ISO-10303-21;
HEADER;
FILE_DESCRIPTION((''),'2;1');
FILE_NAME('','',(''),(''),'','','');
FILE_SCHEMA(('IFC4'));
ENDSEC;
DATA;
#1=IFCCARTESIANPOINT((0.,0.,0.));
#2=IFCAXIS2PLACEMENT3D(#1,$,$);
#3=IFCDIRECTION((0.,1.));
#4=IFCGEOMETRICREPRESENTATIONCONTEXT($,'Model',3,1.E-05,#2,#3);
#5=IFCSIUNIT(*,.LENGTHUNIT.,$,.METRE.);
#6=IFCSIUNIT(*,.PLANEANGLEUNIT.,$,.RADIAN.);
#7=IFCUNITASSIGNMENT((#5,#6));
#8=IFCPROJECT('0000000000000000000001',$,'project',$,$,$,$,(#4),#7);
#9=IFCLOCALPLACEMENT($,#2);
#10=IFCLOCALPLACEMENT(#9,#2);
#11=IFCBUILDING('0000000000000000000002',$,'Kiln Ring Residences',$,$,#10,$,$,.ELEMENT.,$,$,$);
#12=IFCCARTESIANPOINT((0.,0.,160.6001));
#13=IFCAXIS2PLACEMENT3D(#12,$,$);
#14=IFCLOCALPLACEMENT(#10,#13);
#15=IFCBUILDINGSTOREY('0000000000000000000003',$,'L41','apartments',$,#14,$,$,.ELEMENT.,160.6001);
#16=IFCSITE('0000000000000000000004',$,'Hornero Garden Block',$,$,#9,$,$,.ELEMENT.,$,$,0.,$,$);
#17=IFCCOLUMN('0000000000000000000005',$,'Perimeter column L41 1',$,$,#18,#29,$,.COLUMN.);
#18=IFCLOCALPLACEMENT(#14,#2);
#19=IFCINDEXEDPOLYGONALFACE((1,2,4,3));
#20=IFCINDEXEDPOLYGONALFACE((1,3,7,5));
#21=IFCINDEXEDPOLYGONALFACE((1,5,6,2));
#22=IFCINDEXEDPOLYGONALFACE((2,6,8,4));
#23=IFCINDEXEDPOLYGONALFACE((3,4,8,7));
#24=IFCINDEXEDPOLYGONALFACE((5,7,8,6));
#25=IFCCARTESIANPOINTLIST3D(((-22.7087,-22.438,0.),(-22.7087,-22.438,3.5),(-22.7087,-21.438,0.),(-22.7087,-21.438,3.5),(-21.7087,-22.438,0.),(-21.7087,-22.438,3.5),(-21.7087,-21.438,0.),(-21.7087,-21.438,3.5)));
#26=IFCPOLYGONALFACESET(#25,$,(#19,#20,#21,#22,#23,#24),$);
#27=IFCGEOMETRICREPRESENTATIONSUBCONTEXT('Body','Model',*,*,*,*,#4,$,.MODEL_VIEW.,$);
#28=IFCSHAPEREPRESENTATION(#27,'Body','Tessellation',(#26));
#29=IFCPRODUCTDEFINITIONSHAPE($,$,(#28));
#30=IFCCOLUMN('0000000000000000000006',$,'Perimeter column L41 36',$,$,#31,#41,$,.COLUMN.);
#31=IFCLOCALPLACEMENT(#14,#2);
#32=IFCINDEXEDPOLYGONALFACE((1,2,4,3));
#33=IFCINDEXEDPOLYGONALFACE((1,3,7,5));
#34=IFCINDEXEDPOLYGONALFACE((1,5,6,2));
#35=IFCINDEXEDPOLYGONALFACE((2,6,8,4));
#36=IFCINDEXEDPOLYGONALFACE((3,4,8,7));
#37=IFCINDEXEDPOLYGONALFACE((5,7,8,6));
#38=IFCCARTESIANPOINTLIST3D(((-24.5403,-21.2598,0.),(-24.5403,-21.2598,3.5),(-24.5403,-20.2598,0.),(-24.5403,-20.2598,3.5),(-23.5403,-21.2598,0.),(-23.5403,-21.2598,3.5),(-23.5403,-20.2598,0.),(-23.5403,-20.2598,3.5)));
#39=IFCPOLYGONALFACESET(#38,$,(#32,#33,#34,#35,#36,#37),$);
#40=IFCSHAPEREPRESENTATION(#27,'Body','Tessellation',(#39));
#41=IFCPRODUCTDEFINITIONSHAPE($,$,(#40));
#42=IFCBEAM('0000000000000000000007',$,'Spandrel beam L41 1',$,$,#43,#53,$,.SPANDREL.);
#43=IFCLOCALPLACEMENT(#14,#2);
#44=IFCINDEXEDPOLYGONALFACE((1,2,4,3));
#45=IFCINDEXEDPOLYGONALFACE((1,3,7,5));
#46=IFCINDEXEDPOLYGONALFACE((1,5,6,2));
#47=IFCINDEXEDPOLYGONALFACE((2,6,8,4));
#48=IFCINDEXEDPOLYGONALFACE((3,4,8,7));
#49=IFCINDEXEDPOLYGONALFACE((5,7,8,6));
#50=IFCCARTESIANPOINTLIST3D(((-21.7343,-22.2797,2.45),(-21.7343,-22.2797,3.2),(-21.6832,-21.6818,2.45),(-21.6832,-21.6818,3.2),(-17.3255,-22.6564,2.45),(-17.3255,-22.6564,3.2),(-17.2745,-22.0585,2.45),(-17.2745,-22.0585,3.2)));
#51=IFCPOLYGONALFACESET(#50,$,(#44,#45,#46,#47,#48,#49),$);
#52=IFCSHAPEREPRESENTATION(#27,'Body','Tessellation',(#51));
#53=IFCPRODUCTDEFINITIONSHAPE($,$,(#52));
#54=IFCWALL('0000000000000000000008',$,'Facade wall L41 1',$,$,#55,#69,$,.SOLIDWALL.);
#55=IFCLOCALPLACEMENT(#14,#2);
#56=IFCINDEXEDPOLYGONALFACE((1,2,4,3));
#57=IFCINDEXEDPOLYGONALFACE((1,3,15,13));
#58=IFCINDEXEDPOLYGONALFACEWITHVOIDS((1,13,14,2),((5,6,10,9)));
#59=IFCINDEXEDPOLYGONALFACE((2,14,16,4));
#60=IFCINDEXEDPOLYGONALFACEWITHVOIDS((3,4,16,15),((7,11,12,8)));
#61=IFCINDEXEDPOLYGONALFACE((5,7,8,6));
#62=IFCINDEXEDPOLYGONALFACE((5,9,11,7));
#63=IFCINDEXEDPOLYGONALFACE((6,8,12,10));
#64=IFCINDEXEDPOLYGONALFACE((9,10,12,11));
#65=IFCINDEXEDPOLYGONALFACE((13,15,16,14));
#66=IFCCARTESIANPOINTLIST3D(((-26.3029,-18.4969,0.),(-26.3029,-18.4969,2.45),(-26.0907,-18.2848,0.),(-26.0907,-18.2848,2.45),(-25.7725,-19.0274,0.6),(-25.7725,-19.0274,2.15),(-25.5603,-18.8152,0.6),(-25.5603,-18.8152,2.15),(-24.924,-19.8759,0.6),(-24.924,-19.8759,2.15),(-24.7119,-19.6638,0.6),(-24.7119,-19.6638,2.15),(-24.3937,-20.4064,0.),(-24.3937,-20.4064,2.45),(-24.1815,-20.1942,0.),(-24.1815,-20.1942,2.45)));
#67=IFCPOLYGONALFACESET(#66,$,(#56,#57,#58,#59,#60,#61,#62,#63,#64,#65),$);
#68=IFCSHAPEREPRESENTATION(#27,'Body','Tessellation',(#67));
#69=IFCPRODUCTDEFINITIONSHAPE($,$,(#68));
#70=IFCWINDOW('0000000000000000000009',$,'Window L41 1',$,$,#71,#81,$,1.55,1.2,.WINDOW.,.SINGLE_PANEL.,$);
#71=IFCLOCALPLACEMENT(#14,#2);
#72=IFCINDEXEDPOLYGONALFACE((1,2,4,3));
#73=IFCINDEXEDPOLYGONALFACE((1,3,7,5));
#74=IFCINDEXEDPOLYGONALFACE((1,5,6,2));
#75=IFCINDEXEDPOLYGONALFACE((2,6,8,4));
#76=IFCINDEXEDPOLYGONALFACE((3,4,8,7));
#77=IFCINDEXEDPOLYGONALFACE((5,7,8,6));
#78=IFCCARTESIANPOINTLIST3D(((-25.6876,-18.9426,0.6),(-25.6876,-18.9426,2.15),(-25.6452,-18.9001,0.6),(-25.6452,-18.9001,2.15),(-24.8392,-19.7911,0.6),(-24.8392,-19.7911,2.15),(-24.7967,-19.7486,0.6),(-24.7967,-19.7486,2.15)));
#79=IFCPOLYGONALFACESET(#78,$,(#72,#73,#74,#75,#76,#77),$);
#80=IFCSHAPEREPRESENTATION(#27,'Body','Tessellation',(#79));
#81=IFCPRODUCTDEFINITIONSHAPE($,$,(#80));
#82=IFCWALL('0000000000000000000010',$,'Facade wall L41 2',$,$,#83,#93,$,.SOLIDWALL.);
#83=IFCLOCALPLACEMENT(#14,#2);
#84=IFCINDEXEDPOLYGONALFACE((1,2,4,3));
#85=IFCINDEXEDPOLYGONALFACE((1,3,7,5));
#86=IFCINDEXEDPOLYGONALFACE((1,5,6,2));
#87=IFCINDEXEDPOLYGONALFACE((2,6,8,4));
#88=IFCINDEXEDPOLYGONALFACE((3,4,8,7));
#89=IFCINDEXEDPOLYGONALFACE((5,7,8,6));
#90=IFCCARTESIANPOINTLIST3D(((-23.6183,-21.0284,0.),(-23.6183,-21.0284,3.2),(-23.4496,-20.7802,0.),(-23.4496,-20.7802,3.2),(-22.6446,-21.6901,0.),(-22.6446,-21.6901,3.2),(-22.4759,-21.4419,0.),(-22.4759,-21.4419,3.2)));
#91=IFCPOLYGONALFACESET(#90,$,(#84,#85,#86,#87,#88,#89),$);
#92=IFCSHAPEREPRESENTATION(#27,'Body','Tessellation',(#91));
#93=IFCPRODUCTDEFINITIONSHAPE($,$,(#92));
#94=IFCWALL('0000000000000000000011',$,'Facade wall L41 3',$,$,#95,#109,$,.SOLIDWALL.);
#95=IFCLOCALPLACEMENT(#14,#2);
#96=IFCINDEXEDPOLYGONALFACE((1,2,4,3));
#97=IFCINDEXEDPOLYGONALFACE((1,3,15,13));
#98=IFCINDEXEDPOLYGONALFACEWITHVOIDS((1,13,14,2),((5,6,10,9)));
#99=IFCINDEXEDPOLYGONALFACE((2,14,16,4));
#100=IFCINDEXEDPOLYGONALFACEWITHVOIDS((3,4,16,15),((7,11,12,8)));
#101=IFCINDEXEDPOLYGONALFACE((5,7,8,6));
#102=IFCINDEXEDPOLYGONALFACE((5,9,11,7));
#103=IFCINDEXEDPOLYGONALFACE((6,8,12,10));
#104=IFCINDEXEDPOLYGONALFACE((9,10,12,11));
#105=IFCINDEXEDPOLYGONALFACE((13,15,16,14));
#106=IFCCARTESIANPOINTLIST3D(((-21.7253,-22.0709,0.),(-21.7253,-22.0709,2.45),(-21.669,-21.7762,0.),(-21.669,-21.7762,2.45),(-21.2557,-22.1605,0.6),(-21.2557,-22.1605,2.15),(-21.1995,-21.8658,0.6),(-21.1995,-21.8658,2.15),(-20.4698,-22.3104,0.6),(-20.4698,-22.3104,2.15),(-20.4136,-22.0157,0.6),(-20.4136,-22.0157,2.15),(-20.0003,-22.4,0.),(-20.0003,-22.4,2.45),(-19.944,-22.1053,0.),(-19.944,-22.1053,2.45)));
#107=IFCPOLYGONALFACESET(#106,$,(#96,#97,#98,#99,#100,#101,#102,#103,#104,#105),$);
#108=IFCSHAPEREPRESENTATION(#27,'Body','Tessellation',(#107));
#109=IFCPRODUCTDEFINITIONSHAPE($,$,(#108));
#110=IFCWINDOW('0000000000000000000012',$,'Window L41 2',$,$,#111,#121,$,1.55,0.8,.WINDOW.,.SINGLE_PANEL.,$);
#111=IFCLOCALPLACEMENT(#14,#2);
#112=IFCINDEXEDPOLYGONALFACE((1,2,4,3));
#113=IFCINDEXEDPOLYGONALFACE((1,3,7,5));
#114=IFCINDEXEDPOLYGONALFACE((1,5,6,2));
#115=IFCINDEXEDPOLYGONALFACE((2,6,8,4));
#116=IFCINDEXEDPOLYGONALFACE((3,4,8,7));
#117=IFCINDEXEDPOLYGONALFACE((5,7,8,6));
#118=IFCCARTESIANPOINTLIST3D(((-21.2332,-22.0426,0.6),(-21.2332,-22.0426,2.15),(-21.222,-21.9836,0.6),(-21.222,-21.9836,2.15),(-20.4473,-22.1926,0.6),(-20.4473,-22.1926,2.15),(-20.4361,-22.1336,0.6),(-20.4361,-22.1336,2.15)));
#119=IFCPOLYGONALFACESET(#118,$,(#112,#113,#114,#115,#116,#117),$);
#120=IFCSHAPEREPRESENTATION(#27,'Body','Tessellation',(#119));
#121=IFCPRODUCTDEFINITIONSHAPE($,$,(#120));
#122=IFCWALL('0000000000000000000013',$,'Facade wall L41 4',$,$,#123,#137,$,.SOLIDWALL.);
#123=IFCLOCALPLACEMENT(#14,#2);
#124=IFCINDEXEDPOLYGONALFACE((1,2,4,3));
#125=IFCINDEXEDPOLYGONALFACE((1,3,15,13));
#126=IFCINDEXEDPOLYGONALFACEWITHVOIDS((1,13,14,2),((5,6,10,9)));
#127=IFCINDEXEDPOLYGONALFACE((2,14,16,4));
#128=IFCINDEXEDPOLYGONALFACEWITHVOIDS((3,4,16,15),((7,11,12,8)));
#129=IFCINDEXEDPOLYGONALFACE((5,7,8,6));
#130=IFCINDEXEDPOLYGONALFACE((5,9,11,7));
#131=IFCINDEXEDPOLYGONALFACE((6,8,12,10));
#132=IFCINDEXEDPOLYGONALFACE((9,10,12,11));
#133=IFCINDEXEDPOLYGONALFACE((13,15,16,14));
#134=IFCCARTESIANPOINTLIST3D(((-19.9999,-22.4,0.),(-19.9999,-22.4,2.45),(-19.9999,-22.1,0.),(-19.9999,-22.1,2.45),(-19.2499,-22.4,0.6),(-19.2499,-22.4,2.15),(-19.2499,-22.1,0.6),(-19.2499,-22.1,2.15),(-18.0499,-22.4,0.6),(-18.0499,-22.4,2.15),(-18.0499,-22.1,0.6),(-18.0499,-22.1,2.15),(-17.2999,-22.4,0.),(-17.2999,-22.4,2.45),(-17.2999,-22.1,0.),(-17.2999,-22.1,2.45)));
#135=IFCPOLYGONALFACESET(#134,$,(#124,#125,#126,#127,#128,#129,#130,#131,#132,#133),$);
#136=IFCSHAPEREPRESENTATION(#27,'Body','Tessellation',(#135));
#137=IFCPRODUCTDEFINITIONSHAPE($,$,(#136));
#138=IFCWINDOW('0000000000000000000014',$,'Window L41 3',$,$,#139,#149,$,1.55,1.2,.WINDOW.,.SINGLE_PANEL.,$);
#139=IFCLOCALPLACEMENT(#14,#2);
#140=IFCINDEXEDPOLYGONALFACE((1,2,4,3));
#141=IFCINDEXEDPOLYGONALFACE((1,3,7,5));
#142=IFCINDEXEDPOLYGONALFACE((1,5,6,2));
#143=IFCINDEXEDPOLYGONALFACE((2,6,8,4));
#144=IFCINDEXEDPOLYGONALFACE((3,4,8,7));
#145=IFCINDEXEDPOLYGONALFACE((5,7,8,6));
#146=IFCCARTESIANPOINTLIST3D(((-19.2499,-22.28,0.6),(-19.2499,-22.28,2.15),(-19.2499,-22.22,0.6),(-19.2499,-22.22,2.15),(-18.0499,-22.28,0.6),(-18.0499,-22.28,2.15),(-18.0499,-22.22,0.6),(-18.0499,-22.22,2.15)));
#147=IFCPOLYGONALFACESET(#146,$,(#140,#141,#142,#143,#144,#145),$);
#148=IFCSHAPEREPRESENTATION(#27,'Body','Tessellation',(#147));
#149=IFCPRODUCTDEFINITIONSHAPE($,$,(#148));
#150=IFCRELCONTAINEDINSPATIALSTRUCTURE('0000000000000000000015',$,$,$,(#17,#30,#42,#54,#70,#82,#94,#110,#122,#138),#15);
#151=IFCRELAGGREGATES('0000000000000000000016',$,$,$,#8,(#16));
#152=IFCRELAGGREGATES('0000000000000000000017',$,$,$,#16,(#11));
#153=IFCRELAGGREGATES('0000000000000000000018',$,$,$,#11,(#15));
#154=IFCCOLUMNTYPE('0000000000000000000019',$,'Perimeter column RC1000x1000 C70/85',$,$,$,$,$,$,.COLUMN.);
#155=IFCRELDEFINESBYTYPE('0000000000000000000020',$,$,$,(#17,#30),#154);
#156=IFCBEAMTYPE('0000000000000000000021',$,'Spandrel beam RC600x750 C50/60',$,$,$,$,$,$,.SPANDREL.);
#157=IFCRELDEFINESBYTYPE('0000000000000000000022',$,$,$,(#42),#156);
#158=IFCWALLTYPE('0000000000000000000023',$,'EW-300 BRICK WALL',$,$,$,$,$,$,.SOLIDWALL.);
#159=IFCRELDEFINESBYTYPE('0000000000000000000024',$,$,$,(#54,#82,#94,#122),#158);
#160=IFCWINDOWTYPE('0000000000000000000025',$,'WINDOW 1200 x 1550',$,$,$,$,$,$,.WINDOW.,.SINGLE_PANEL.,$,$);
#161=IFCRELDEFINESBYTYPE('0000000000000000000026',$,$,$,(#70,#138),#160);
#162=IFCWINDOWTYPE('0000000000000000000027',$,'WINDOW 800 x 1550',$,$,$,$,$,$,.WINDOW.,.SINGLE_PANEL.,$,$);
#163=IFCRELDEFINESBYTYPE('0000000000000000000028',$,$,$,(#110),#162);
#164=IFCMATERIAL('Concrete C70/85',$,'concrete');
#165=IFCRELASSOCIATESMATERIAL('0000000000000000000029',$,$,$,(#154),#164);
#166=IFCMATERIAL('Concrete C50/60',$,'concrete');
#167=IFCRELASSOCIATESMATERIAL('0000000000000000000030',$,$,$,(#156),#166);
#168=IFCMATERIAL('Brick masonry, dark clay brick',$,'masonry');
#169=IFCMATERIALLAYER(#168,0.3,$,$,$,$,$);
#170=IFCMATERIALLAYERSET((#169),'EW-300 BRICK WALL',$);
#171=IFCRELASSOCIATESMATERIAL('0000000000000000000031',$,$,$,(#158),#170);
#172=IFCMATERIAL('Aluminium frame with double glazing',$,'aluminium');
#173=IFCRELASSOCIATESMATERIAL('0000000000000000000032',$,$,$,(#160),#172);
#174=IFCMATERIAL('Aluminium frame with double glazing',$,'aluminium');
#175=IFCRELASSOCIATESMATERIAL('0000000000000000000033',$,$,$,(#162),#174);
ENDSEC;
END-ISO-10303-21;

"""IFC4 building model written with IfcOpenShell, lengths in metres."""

from ifc_helpers import new_model, si_unit, direction, frame, frame_2d, origin, origin_2d, place, context, subcontext, project, spatial, rectangle, extrude, material, layer, layer_set, material_profile, profile_set, type_object, element, fill, save


model = new_model("IFC4")

# Units and contexts
model_context = context("Model", 3, precision=1e-05, world=origin(), true_north=direction((0.0, 1.0)))
body_context = subcontext(model_context, "Body", "Model", "MODEL_VIEW")
ifc_project = project(units=[si_unit("LENGTHUNIT", "METRE"), si_unit("PLANEANGLEUNIT", "RADIAN")], contexts=[model_context])

# Site, building, storey
site_placement = place(None, origin())
site = spatial("IfcSite", under=ifc_project, at=site_placement, Name="Hornero Garden Block", CompositionType="ELEMENT", RefElevation=0.0)
building_placement = place(site_placement, origin())
building = spatial("IfcBuilding", under=site, at=building_placement, Name="Kiln Ring Residences", CompositionType="ELEMENT")
storey_placement = place(building_placement, frame((0.0, 0.0, 160.6001)))
storey = spatial("IfcBuildingStorey", under=building, at=storey_placement, Name="L41", Description="apartments", CompositionType="ELEMENT", Elevation=160.6001)

# Columns
ifc_material_1 = material(Name="Concrete C70/85", Category="concrete")
ifc_material_profile_1 = material_profile(ifc_material_1, rectangle(XDim=1.0, YDim=1.0, at=origin_2d()), Name="RC1000x1000")
ifc_profile_set_1 = profile_set([ifc_material_profile_1], Name="Concrete C70/85")
column_type = type_object("IfcColumnType", Name="Perimeter column RC1000x1000 C70/85", PredefinedType="COLUMN", material=ifc_profile_set_1)
for number, where, z_axis, x_axis, name in (
    (1, (-22.2087, -21.938, 0.0), (0.0, 0.0, 1.0), (1.0, 0.0, 0.0), "Perimeter column L41 1"),
    (2, (-24.0403, -20.7598, 0.0), (0.0, 0.0, 1.0), (1.0, 0.0, 0.0), "Perimeter column L41 36"),
):
    element("IfcColumn", number, at=place(storey_placement, frame(where, z_axis=z_axis, x_axis=x_axis)), inside=storey, type_object=column_type, Name=name, PredefinedType="COLUMN", context=body_context, shape_type="SweptSolid", body=[
        extrude(rectangle(XDim=1.0, YDim=1.0, at=origin_2d()), origin(), (0.0, 0.0, 1.0), 3.5),
    ])

# Beam
ifc_material_2 = material(Name="Concrete C50/60", Category="concrete")
ifc_material_profile_2 = material_profile(ifc_material_2, rectangle(XDim=0.6001, YDim=0.75, at=origin_2d()), Name="RC600x750")
ifc_profile_set_2 = profile_set([ifc_material_profile_2], Name="Concrete C50/60")
beam_type = type_object("IfcBeamType", Name="Spandrel beam RC600x750 C50/60", PredefinedType="SPANDREL", material=ifc_profile_set_2)
beam_placement = place(storey_placement, frame((-21.7087, -21.9807, 2.825), z_axis=(0.996369, -0.085137, 0.0), x_axis=(0.085137, 0.996369, 0.0)))
element("IfcBeam", 3, at=beam_placement, inside=storey, type_object=beam_type, Name="Spandrel beam L41 1", PredefinedType="SPANDREL", context=body_context, shape_type="SweptSolid", body=[
    extrude(rectangle(XDim=0.6001, YDim=0.75, at=origin_2d()), origin(), (0.0, 0.0, 1.0), 4.4248),
])

# Wall, opening, window
ifc_material_3 = material(Name="Brick masonry, dark clay brick", Category="masonry")
ifc_layer_1 = layer(ifc_material_3, 0.3)
ifc_layer_set_1 = layer_set([ifc_layer_1], Name="EW-300 BRICK WALL")
wall_type_1 = type_object("IfcWallType", Name="EW-300 BRICK WALL", PredefinedType="SOLIDWALL", material=ifc_layer_set_1)
wall_1_placement = place(storey_placement, frame((-26.1968, -18.3909, 0.0), z_axis=(0.0, 0.0, 1.0), x_axis=(0.707062, -0.707152, 0.0)))
wall_1 = element("IfcWall", 4, at=wall_1_placement, inside=storey, type_object=wall_type_1, Name="Facade wall L41 1", PredefinedType="SOLIDWALL", context=body_context, shape_type="SweptSolid", body=[
    extrude(rectangle(XDim=2.7002, YDim=0.3, at=frame_2d((1.3501, 0.0))), origin(), (0.0, 0.0, 1.0), 2.45),
])
opening_1_placement = place(wall_1_placement, frame((0.75, 0.0, 0.6001)))
opening_1 = element("IfcOpeningElement", 5, at=opening_1_placement, cuts=wall_1, PredefinedType="OPENING", context=body_context, shape_type="SweptSolid", body=[
    extrude(rectangle(XDim=1.2, YDim=1.55, at=frame_2d((0.6001, 0.7749))), frame((0.0, 0.1599, 0.0), z_axis=(0.0, -1.0, 0.0), x_axis=(1.0, 0.0, 0.0)), (0.0, 0.0, 1.0), 0.3201),
])
ifc_material_4 = material(Name="Aluminium frame with double glazing", Category="aluminium")
window_type_1 = type_object("IfcWindowType", Name="WINDOW 1200 x 1550", PartitioningType="SINGLE_PANEL", PredefinedType="WINDOW", material=ifc_material_4)
window_1_placement = place(opening_1_placement, origin())
window_1 = element("IfcWindow", 6, at=window_1_placement, inside=storey, type_object=window_type_1, Name="Window L41 1", OverallHeight=1.55, OverallWidth=1.2, PartitioningType="SINGLE_PANEL", PredefinedType="WINDOW", context=body_context, shape_type="SweptSolid", body=[
    extrude(rectangle(XDim=1.2, YDim=1.55, at=frame_2d((0.6001, 0.7749))), frame((0.0, 0.03, 0.0), z_axis=(0.0, -1.0, 0.0), x_axis=(1.0, 0.0, 0.0)), (0.0, 0.0, 1.0), 0.0601),
])
fill(opening_1, window_1)

# Wall
wall_2_placement = place(storey_placement, frame((-23.5339, -20.9043, 0.0), z_axis=(0.0, 0.0, 1.0), x_axis=(0.827104, -0.562049, 0.0)))
element("IfcWall", 7, at=wall_2_placement, inside=storey, type_object=wall_type_1, Name="Facade wall L41 2", PredefinedType="SOLIDWALL", context=body_context, shape_type="SweptSolid", body=[
    extrude(rectangle(XDim=1.1772, YDim=0.3, at=frame_2d((0.5886, 0.0))), origin(), (0.0, 0.0, 1.0), 3.2),
])

# Walls, openings, windows
wall_3_placement = place(storey_placement, frame((-21.697, -21.9236, 0.0), z_axis=(0.0, 0.0, 1.0), x_axis=(0.982285, -0.187393, 0.0)))
wall_3 = element("IfcWall", 8, at=wall_3_placement, inside=storey, type_object=wall_type_1, Name="Facade wall L41 3", PredefinedType="SOLIDWALL", context=body_context, shape_type="SweptSolid", body=[
    extrude(rectangle(XDim=1.7561, YDim=0.3, at=frame_2d((0.8779, 0.0))), origin(), (0.0, 0.0, 1.0), 2.45),
])
opening_2_placement = place(wall_3_placement, frame((0.478, 0.0, 0.6001)))
opening_2 = element("IfcOpeningElement", 9, at=opening_2_placement, cuts=wall_3, PredefinedType="OPENING", context=body_context, shape_type="SweptSolid", body=[
    extrude(rectangle(XDim=0.8, YDim=1.55, at=frame_2d((0.3999, 0.7749))), frame((0.0, 0.1599, 0.0), z_axis=(0.0, -1.0, 0.0), x_axis=(1.0, 0.0, 0.0)), (0.0, 0.0, 1.0), 0.3201),
])
ifc_material_5 = material(Name="Aluminium frame with double glazing", Category="aluminium")
window_type_2 = type_object("IfcWindowType", Name="WINDOW 800 x 1550", PartitioningType="SINGLE_PANEL", PredefinedType="WINDOW", material=ifc_material_5)
window_2_placement = place(opening_2_placement, origin())
window_2 = element("IfcWindow", 10, at=window_2_placement, inside=storey, type_object=window_type_2, Name="Window L41 2", OverallHeight=1.55, OverallWidth=0.8, PartitioningType="SINGLE_PANEL", PredefinedType="WINDOW", context=body_context, shape_type="SweptSolid", body=[
    extrude(rectangle(XDim=0.8, YDim=1.55, at=frame_2d((0.3999, 0.7749))), frame((0.0, 0.03, 0.0), z_axis=(0.0, -1.0, 0.0), x_axis=(1.0, 0.0, 0.0)), (0.0, 0.0, 1.0), 0.0601),
])
fill(opening_2, window_2)
wall_4_placement = place(storey_placement, frame((-20.0, -22.25, 0.0), z_axis=(0.0, 0.0, 1.0), x_axis=(1.0, 0.0, 0.0)))
wall_4 = element("IfcWall", 11, at=wall_4_placement, inside=storey, type_object=wall_type_1, Name="Facade wall L41 4", PredefinedType="SOLIDWALL", context=body_context, shape_type="SweptSolid", body=[
    extrude(rectangle(XDim=2.7, YDim=0.3, at=frame_2d((1.3501, 0.0))), origin(), (0.0, 0.0, 1.0), 2.45),
])
opening_3_placement = place(wall_4_placement, frame((0.75, 0.0, 0.6001)))
opening_3 = element("IfcOpeningElement", 12, at=opening_3_placement, cuts=wall_4, PredefinedType="OPENING", context=body_context, shape_type="SweptSolid", body=[
    extrude(rectangle(XDim=1.2, YDim=1.55, at=frame_2d((0.6001, 0.7749))), frame((0.0, 0.1599, 0.0), z_axis=(0.0, -1.0, 0.0), x_axis=(1.0, 0.0, 0.0)), (0.0, 0.0, 1.0), 0.3201),
])
window_3_placement = place(opening_3_placement, origin())
window_3 = element("IfcWindow", 13, at=window_3_placement, inside=storey, type_object=window_type_1, Name="Window L41 3", OverallHeight=1.55, OverallWidth=1.2, PartitioningType="SINGLE_PANEL", PredefinedType="WINDOW", context=body_context, shape_type="SweptSolid", body=[
    extrude(rectangle(XDim=1.2, YDim=1.55, at=frame_2d((0.6001, 0.7749))), frame((0.0, 0.03, 0.0), z_axis=(0.0, -1.0, 0.0), x_axis=(1.0, 0.0, 0.0)), (0.0, 0.0, 1.0), 0.0601),
])
fill(opening_3, window_3)

save(model, "model.ifc")
